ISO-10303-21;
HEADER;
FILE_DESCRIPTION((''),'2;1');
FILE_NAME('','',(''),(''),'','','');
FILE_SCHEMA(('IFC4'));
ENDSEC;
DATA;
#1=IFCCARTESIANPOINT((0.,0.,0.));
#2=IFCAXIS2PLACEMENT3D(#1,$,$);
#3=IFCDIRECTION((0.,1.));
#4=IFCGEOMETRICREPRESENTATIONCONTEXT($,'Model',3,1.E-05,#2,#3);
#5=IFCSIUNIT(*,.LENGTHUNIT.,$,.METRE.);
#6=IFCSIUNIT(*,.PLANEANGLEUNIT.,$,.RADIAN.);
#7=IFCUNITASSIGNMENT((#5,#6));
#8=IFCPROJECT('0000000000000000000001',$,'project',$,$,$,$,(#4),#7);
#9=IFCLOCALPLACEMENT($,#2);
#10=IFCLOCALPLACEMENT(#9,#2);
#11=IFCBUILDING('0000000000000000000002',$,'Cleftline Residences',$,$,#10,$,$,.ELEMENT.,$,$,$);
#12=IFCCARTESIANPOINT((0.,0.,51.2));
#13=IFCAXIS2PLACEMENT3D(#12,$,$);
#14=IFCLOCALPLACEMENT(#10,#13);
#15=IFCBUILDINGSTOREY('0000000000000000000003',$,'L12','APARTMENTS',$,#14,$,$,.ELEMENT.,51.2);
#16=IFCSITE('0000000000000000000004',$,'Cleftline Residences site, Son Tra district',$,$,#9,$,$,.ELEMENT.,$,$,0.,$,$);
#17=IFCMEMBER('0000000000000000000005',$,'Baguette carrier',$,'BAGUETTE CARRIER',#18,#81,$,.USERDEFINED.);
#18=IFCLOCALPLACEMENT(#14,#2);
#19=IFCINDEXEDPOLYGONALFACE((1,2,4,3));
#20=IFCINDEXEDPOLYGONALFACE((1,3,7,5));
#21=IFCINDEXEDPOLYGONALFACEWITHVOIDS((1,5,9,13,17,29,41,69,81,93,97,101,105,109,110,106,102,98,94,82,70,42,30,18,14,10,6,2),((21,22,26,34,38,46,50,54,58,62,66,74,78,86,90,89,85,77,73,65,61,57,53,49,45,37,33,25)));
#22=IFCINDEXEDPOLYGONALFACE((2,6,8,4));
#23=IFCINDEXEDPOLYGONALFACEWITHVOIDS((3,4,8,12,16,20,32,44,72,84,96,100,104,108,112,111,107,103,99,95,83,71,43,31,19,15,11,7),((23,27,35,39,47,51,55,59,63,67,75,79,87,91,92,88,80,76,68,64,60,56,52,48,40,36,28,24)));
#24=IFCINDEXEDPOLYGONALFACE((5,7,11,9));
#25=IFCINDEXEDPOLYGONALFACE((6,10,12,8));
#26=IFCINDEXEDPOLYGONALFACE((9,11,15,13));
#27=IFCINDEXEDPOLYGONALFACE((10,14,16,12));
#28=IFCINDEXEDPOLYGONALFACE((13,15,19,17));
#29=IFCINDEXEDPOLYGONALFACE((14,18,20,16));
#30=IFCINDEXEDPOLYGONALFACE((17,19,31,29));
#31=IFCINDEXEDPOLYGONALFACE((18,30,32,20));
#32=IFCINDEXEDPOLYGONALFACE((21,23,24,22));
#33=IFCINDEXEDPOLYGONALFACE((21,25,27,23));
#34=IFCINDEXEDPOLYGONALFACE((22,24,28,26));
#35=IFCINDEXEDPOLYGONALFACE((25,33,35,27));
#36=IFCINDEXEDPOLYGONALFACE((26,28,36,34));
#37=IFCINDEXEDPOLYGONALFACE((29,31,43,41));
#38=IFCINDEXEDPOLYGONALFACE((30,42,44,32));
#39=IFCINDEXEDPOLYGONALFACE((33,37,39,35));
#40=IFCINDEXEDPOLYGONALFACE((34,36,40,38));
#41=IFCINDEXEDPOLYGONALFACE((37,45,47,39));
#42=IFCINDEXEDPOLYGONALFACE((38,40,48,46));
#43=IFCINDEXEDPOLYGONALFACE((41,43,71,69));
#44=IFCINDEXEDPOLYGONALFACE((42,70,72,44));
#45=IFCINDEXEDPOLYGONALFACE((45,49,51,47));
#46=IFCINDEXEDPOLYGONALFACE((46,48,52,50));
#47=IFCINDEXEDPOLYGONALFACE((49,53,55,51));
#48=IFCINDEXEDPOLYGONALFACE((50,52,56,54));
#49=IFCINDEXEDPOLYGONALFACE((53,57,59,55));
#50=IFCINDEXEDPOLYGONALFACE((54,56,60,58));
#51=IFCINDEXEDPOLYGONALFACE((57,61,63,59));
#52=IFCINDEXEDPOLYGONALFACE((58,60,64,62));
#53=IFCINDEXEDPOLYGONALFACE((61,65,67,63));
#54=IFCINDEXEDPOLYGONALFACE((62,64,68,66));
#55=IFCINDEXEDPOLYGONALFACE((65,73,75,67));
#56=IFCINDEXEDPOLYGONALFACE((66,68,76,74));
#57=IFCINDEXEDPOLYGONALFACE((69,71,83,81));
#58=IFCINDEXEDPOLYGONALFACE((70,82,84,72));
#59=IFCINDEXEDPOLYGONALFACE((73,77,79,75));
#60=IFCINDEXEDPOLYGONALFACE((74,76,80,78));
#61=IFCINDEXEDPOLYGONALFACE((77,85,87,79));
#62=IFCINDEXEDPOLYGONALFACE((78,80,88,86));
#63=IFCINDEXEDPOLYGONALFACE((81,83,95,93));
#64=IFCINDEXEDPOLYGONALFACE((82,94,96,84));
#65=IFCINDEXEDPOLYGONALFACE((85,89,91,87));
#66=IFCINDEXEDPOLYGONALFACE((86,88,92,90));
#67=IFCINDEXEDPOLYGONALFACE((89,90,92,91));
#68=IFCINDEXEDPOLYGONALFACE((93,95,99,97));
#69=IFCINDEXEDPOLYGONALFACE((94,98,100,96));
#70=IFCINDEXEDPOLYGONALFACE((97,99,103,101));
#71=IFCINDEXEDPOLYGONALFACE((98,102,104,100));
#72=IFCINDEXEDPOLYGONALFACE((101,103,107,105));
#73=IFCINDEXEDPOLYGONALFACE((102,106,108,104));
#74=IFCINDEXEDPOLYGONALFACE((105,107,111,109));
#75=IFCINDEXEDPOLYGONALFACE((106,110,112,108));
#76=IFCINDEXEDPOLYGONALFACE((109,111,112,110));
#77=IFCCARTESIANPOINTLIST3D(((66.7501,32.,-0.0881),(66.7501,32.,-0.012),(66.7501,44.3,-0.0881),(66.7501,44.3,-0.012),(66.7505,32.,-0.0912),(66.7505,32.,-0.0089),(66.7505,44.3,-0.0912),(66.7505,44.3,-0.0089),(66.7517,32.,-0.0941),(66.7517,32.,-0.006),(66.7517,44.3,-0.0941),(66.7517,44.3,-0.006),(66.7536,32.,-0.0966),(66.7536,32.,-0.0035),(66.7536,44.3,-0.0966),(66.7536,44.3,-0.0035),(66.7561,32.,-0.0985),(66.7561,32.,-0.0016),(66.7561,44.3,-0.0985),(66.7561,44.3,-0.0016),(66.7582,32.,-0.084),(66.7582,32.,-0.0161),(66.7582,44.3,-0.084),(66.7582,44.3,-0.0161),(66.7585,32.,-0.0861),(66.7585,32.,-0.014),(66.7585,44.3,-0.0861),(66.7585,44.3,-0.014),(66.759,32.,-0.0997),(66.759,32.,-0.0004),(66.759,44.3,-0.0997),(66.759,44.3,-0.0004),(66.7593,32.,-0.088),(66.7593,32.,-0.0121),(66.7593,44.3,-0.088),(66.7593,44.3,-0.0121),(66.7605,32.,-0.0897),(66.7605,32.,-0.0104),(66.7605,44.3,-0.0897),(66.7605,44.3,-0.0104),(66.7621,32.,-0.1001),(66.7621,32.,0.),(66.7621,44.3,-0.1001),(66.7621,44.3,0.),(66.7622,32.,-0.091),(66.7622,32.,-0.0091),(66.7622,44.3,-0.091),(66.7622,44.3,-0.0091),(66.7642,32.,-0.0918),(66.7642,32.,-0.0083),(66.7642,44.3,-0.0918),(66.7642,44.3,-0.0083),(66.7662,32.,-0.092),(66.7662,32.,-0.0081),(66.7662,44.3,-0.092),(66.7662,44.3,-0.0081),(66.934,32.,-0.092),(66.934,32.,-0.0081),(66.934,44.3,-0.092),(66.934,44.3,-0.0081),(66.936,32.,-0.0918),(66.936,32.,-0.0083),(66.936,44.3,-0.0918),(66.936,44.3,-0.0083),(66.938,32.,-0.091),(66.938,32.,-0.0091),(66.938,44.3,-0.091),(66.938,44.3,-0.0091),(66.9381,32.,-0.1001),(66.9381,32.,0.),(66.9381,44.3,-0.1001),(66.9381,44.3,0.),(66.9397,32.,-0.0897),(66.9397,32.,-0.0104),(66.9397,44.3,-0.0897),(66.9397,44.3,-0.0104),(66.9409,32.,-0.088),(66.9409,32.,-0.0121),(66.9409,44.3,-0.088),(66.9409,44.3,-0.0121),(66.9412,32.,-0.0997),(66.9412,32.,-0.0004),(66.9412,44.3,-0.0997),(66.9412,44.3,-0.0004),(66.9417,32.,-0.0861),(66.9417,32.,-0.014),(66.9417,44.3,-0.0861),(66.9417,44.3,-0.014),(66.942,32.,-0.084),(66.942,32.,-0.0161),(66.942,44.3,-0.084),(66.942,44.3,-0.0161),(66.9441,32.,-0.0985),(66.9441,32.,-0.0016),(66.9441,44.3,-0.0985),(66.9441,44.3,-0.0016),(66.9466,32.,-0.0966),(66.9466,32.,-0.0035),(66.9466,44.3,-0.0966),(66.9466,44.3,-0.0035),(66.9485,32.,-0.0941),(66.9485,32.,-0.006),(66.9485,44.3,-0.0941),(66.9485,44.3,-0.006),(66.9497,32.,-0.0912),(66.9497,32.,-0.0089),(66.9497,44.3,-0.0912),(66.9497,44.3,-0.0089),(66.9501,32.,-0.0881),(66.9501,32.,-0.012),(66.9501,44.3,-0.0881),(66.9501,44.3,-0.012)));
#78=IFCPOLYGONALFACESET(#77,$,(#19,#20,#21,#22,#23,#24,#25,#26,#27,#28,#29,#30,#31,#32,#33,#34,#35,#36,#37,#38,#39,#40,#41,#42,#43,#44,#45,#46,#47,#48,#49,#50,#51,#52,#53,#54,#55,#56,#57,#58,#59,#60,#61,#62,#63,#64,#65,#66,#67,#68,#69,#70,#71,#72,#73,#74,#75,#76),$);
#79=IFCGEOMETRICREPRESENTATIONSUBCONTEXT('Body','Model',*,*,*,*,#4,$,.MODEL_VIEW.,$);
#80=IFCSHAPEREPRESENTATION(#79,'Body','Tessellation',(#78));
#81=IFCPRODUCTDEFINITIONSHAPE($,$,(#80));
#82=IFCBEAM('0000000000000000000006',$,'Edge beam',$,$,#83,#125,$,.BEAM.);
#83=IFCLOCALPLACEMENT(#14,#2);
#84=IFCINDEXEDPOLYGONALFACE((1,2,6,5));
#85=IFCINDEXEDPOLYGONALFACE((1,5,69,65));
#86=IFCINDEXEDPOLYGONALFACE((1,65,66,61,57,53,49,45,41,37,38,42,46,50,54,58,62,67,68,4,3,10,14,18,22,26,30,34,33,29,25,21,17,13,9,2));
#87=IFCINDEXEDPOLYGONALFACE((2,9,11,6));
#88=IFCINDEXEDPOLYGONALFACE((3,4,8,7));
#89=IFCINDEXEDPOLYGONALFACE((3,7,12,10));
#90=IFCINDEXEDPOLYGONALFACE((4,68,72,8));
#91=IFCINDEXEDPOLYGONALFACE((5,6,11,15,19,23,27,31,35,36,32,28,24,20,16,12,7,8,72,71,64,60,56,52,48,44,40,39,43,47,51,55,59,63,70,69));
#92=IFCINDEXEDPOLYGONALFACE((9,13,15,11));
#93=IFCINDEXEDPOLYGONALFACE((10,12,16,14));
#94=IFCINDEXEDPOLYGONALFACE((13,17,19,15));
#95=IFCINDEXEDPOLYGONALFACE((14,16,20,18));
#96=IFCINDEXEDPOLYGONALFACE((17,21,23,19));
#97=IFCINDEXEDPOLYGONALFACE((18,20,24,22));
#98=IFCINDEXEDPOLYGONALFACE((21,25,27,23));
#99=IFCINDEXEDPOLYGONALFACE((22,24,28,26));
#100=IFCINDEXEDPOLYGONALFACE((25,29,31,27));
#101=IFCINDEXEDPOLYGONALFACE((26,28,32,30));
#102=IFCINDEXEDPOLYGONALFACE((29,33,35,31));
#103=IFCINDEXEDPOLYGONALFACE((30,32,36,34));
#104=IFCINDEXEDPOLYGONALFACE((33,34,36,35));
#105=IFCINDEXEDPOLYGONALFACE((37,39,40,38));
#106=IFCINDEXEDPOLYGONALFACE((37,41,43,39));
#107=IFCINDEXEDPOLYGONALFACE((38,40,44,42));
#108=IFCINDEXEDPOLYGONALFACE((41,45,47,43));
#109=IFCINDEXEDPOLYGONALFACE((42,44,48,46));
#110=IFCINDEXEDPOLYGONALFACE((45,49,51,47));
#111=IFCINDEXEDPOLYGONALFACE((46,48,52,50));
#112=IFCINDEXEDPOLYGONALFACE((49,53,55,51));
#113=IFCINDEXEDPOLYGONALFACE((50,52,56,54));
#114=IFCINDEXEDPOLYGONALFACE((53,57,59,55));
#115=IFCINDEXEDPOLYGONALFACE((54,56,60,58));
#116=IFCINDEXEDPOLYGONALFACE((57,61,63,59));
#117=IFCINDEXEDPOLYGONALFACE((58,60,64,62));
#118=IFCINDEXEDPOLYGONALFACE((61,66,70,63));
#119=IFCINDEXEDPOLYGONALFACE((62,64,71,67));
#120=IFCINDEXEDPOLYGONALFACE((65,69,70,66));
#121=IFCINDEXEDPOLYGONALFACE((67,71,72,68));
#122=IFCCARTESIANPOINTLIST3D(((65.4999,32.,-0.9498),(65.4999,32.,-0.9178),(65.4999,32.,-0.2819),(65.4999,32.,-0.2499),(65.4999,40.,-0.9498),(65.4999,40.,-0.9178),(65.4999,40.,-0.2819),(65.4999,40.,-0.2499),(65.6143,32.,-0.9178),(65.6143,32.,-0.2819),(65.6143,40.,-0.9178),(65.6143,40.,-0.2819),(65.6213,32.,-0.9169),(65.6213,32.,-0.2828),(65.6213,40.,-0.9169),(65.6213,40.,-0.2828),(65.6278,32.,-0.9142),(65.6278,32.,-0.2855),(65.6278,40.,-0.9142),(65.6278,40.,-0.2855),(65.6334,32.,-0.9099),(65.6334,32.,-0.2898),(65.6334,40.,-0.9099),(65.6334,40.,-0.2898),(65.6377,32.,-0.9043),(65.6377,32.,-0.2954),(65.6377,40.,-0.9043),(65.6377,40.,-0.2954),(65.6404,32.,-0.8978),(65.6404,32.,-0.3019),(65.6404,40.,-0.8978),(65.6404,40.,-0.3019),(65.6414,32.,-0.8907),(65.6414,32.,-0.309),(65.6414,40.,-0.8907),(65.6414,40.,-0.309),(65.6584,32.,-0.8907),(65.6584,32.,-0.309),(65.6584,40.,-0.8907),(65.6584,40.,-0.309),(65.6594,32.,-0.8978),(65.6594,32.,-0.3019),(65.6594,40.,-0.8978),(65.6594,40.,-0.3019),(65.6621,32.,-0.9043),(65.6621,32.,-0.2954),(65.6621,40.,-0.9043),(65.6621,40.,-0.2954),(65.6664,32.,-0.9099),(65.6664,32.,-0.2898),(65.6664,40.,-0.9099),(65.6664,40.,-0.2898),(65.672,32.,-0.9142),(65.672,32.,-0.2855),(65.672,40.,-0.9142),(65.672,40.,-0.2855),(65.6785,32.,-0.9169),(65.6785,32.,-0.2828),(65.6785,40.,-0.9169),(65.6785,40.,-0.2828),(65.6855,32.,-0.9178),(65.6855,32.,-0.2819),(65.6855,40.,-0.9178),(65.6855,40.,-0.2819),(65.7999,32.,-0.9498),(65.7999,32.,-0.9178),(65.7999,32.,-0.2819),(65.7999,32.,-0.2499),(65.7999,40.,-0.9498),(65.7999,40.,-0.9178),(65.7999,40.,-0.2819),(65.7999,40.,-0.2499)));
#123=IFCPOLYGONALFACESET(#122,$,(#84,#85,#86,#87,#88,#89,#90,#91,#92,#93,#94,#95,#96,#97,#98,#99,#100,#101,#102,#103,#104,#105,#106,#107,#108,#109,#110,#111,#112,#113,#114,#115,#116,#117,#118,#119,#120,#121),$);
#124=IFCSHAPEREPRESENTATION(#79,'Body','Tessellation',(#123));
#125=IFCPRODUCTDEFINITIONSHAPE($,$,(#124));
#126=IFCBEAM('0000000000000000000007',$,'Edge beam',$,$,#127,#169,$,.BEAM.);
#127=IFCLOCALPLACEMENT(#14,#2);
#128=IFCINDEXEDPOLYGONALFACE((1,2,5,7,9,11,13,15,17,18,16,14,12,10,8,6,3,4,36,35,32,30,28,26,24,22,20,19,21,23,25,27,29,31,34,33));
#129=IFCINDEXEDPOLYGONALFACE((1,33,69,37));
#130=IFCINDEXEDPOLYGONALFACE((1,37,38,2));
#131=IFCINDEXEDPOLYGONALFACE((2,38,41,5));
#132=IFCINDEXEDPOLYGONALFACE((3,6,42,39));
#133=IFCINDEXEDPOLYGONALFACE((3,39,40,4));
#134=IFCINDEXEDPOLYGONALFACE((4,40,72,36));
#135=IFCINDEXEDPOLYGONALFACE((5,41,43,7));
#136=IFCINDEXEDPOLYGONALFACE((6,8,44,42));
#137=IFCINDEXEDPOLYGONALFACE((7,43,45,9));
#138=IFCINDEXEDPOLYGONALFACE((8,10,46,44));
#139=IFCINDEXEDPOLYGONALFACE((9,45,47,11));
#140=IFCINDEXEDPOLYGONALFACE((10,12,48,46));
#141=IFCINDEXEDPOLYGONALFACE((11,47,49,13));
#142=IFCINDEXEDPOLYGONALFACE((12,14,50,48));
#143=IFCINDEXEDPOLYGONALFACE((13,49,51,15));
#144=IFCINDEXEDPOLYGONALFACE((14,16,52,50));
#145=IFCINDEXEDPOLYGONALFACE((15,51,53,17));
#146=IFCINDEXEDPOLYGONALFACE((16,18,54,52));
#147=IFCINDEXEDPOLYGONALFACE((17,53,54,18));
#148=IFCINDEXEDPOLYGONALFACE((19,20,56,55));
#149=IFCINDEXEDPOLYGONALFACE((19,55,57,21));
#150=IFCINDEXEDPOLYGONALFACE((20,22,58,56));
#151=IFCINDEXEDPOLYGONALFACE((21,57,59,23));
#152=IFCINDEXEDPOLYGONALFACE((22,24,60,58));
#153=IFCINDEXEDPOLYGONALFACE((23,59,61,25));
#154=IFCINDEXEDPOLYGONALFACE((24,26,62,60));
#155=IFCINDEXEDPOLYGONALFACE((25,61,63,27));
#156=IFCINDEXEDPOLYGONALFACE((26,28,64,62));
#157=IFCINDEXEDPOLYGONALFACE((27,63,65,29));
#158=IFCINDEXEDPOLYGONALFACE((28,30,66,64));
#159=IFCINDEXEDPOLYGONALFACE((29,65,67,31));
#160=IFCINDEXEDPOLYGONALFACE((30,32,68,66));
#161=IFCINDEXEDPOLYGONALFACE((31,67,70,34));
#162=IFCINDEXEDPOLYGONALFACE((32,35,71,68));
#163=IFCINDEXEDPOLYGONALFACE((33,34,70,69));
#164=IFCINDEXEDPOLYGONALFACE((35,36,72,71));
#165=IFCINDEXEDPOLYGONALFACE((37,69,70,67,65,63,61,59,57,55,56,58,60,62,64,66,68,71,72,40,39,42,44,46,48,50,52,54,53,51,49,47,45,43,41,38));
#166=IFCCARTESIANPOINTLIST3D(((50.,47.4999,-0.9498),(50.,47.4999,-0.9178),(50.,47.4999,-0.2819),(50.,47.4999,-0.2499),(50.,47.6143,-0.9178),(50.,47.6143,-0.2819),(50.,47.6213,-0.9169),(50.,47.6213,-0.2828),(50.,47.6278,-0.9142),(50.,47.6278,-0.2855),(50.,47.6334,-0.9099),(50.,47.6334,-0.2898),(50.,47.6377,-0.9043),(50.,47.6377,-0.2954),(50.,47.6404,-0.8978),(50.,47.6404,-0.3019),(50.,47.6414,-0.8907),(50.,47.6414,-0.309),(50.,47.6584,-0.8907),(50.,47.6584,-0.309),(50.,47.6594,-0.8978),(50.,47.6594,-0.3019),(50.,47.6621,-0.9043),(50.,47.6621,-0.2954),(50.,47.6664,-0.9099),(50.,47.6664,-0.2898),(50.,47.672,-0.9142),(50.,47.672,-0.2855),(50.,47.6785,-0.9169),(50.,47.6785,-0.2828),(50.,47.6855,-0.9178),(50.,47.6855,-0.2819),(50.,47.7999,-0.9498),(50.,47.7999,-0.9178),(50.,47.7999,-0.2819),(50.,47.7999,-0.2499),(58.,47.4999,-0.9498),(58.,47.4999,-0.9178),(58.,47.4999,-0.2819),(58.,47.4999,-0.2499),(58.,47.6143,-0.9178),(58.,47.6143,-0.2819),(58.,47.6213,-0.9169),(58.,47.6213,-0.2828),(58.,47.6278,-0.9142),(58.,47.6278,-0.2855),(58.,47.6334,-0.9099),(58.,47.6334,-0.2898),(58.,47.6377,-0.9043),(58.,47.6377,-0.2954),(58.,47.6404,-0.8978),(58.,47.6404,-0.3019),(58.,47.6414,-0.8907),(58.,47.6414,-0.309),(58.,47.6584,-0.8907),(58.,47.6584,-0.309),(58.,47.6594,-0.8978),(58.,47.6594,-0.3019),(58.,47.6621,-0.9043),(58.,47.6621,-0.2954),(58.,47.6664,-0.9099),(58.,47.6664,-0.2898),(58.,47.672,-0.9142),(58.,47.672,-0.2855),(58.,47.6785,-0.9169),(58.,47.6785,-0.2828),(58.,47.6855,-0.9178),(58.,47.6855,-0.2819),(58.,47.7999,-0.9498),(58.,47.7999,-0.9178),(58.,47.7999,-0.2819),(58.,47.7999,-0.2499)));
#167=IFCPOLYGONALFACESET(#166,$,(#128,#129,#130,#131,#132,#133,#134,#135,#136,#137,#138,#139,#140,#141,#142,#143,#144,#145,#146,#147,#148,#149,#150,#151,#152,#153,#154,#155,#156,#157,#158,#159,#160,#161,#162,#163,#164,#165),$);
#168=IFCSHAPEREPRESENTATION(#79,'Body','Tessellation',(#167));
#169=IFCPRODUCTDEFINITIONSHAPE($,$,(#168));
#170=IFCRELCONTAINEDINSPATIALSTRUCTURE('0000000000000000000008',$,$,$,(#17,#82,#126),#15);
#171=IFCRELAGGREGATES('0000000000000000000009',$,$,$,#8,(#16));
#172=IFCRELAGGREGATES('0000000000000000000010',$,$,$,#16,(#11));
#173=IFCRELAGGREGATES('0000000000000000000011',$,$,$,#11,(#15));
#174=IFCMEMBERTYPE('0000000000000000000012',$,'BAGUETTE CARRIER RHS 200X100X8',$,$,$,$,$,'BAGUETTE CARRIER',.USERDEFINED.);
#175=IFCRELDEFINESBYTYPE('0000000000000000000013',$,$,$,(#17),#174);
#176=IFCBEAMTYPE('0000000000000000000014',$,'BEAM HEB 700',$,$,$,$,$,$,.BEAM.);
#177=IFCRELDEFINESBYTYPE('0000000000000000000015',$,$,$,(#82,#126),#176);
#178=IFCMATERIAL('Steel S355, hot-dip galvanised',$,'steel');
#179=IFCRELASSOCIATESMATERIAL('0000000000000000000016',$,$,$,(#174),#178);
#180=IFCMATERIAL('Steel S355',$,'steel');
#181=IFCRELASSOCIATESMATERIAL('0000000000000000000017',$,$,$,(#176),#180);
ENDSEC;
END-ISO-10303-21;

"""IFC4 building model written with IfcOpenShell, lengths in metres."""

from ifc_helpers import new_model, si_unit, direction, frame, origin, origin_2d, place, context, subcontext, project, spatial, hollow_rectangle, i_section, extrude, material, material_profile, profile_set, type_object, element, save


model = new_model("IFC4")

# Units and contexts
model_context = context("Model", 3, precision=1e-05, world=origin(), true_north=direction((0.0, 1.0)))
body_context = subcontext(model_context, "Body", "Model", "MODEL_VIEW")
ifc_project = project(units=[si_unit("LENGTHUNIT", "METRE"), si_unit("PLANEANGLEUNIT", "RADIAN")], contexts=[model_context])

# Site, building, storey
site_placement = place(None, origin())
site = spatial("IfcSite", under=ifc_project, at=site_placement, Name="Cleftline Residences site, Son Tra district", CompositionType="ELEMENT", RefElevation=0.0)
building_placement = place(site_placement, origin())
building = spatial("IfcBuilding", under=site, at=building_placement, Name="Cleftline Residences", CompositionType="ELEMENT")
storey_placement = place(building_placement, frame((0.0, 0.0, 51.2)))
storey = spatial("IfcBuildingStorey", under=building, at=storey_placement, Name="L12", Description="APARTMENTS", CompositionType="ELEMENT", Elevation=51.2)

# Member
ifc_material_1 = material(Name="Steel S355, hot-dip galvanised", Category="steel")
ifc_material_profile_1 = material_profile(ifc_material_1, hollow_rectangle(XDim=0.1001, YDim=0.2, WallThickness=0.0081, InnerFilletRadius=0.0081, OuterFilletRadius=0.012, at=origin_2d()))
ifc_profile_set_1 = profile_set([ifc_material_profile_1], Name="Steel S355, hot-dip galvanised")
member_type_1 = type_object("IfcMemberType", Name="BAGUETTE CARRIER RHS 200X100X8", ElementType="BAGUETTE CARRIER", PredefinedType="USERDEFINED", material=ifc_profile_set_1)
member_placement = place(storey_placement, frame((66.8501, 32.0, -0.05), z_axis=(0.0, 1.0, 0.0), x_axis=(0.0, 0.0, 1.0)))
element("IfcMember", 1, at=member_placement, inside=storey, type_object=member_type_1, Name="Baguette carrier", ObjectType="BAGUETTE CARRIER", PredefinedType="USERDEFINED", context=body_context, shape_type="SweptSolid", body=[
    extrude(hollow_rectangle(XDim=0.1001, YDim=0.2, WallThickness=0.0081, InnerFilletRadius=0.0081, OuterFilletRadius=0.012, at=origin_2d()), origin(), (0.0, 0.0, 1.0), 12.3),
])

# Beams
ifc_material_2 = material(Name="Steel S355", Category="steel")
ifc_material_profile_2 = material_profile(ifc_material_2, i_section(OverallWidth=0.3, OverallDepth=0.7, WebThickness=0.0171, FlangeThickness=0.032, FilletRadius=0.0271, at=origin_2d()))
ifc_profile_set_2 = profile_set([ifc_material_profile_2], Name="Steel S355")
beam_type_1 = type_object("IfcBeamType", Name="BEAM HEB 700", PredefinedType="BEAM", material=ifc_profile_set_2)
for number, where, z_axis, x_axis, name in (
    (2, (65.6499, 32.0, -0.5999), (0.0, 1.0, 0.0), (-1.0, 0.0, 0.0), "Edge beam"),
    (3, (58.0, 47.6499, -0.5999), (-1.0, 0.0, 0.0), (0.0, -1.0, 0.0), "Edge beam"),
):
    element("IfcBeam", number, at=place(storey_placement, frame(where, z_axis=z_axis, x_axis=x_axis)), inside=storey, type_object=beam_type_1, Name=name, PredefinedType="BEAM", context=body_context, shape_type="SweptSolid", body=[
        extrude(i_section(OverallWidth=0.3, OverallDepth=0.7, WebThickness=0.0171, FlangeThickness=0.032, FilletRadius=0.0271, at=origin_2d()), origin(), (0.0, 0.0, 1.0), 8.0),
    ])

save(model, "model.ifc")
